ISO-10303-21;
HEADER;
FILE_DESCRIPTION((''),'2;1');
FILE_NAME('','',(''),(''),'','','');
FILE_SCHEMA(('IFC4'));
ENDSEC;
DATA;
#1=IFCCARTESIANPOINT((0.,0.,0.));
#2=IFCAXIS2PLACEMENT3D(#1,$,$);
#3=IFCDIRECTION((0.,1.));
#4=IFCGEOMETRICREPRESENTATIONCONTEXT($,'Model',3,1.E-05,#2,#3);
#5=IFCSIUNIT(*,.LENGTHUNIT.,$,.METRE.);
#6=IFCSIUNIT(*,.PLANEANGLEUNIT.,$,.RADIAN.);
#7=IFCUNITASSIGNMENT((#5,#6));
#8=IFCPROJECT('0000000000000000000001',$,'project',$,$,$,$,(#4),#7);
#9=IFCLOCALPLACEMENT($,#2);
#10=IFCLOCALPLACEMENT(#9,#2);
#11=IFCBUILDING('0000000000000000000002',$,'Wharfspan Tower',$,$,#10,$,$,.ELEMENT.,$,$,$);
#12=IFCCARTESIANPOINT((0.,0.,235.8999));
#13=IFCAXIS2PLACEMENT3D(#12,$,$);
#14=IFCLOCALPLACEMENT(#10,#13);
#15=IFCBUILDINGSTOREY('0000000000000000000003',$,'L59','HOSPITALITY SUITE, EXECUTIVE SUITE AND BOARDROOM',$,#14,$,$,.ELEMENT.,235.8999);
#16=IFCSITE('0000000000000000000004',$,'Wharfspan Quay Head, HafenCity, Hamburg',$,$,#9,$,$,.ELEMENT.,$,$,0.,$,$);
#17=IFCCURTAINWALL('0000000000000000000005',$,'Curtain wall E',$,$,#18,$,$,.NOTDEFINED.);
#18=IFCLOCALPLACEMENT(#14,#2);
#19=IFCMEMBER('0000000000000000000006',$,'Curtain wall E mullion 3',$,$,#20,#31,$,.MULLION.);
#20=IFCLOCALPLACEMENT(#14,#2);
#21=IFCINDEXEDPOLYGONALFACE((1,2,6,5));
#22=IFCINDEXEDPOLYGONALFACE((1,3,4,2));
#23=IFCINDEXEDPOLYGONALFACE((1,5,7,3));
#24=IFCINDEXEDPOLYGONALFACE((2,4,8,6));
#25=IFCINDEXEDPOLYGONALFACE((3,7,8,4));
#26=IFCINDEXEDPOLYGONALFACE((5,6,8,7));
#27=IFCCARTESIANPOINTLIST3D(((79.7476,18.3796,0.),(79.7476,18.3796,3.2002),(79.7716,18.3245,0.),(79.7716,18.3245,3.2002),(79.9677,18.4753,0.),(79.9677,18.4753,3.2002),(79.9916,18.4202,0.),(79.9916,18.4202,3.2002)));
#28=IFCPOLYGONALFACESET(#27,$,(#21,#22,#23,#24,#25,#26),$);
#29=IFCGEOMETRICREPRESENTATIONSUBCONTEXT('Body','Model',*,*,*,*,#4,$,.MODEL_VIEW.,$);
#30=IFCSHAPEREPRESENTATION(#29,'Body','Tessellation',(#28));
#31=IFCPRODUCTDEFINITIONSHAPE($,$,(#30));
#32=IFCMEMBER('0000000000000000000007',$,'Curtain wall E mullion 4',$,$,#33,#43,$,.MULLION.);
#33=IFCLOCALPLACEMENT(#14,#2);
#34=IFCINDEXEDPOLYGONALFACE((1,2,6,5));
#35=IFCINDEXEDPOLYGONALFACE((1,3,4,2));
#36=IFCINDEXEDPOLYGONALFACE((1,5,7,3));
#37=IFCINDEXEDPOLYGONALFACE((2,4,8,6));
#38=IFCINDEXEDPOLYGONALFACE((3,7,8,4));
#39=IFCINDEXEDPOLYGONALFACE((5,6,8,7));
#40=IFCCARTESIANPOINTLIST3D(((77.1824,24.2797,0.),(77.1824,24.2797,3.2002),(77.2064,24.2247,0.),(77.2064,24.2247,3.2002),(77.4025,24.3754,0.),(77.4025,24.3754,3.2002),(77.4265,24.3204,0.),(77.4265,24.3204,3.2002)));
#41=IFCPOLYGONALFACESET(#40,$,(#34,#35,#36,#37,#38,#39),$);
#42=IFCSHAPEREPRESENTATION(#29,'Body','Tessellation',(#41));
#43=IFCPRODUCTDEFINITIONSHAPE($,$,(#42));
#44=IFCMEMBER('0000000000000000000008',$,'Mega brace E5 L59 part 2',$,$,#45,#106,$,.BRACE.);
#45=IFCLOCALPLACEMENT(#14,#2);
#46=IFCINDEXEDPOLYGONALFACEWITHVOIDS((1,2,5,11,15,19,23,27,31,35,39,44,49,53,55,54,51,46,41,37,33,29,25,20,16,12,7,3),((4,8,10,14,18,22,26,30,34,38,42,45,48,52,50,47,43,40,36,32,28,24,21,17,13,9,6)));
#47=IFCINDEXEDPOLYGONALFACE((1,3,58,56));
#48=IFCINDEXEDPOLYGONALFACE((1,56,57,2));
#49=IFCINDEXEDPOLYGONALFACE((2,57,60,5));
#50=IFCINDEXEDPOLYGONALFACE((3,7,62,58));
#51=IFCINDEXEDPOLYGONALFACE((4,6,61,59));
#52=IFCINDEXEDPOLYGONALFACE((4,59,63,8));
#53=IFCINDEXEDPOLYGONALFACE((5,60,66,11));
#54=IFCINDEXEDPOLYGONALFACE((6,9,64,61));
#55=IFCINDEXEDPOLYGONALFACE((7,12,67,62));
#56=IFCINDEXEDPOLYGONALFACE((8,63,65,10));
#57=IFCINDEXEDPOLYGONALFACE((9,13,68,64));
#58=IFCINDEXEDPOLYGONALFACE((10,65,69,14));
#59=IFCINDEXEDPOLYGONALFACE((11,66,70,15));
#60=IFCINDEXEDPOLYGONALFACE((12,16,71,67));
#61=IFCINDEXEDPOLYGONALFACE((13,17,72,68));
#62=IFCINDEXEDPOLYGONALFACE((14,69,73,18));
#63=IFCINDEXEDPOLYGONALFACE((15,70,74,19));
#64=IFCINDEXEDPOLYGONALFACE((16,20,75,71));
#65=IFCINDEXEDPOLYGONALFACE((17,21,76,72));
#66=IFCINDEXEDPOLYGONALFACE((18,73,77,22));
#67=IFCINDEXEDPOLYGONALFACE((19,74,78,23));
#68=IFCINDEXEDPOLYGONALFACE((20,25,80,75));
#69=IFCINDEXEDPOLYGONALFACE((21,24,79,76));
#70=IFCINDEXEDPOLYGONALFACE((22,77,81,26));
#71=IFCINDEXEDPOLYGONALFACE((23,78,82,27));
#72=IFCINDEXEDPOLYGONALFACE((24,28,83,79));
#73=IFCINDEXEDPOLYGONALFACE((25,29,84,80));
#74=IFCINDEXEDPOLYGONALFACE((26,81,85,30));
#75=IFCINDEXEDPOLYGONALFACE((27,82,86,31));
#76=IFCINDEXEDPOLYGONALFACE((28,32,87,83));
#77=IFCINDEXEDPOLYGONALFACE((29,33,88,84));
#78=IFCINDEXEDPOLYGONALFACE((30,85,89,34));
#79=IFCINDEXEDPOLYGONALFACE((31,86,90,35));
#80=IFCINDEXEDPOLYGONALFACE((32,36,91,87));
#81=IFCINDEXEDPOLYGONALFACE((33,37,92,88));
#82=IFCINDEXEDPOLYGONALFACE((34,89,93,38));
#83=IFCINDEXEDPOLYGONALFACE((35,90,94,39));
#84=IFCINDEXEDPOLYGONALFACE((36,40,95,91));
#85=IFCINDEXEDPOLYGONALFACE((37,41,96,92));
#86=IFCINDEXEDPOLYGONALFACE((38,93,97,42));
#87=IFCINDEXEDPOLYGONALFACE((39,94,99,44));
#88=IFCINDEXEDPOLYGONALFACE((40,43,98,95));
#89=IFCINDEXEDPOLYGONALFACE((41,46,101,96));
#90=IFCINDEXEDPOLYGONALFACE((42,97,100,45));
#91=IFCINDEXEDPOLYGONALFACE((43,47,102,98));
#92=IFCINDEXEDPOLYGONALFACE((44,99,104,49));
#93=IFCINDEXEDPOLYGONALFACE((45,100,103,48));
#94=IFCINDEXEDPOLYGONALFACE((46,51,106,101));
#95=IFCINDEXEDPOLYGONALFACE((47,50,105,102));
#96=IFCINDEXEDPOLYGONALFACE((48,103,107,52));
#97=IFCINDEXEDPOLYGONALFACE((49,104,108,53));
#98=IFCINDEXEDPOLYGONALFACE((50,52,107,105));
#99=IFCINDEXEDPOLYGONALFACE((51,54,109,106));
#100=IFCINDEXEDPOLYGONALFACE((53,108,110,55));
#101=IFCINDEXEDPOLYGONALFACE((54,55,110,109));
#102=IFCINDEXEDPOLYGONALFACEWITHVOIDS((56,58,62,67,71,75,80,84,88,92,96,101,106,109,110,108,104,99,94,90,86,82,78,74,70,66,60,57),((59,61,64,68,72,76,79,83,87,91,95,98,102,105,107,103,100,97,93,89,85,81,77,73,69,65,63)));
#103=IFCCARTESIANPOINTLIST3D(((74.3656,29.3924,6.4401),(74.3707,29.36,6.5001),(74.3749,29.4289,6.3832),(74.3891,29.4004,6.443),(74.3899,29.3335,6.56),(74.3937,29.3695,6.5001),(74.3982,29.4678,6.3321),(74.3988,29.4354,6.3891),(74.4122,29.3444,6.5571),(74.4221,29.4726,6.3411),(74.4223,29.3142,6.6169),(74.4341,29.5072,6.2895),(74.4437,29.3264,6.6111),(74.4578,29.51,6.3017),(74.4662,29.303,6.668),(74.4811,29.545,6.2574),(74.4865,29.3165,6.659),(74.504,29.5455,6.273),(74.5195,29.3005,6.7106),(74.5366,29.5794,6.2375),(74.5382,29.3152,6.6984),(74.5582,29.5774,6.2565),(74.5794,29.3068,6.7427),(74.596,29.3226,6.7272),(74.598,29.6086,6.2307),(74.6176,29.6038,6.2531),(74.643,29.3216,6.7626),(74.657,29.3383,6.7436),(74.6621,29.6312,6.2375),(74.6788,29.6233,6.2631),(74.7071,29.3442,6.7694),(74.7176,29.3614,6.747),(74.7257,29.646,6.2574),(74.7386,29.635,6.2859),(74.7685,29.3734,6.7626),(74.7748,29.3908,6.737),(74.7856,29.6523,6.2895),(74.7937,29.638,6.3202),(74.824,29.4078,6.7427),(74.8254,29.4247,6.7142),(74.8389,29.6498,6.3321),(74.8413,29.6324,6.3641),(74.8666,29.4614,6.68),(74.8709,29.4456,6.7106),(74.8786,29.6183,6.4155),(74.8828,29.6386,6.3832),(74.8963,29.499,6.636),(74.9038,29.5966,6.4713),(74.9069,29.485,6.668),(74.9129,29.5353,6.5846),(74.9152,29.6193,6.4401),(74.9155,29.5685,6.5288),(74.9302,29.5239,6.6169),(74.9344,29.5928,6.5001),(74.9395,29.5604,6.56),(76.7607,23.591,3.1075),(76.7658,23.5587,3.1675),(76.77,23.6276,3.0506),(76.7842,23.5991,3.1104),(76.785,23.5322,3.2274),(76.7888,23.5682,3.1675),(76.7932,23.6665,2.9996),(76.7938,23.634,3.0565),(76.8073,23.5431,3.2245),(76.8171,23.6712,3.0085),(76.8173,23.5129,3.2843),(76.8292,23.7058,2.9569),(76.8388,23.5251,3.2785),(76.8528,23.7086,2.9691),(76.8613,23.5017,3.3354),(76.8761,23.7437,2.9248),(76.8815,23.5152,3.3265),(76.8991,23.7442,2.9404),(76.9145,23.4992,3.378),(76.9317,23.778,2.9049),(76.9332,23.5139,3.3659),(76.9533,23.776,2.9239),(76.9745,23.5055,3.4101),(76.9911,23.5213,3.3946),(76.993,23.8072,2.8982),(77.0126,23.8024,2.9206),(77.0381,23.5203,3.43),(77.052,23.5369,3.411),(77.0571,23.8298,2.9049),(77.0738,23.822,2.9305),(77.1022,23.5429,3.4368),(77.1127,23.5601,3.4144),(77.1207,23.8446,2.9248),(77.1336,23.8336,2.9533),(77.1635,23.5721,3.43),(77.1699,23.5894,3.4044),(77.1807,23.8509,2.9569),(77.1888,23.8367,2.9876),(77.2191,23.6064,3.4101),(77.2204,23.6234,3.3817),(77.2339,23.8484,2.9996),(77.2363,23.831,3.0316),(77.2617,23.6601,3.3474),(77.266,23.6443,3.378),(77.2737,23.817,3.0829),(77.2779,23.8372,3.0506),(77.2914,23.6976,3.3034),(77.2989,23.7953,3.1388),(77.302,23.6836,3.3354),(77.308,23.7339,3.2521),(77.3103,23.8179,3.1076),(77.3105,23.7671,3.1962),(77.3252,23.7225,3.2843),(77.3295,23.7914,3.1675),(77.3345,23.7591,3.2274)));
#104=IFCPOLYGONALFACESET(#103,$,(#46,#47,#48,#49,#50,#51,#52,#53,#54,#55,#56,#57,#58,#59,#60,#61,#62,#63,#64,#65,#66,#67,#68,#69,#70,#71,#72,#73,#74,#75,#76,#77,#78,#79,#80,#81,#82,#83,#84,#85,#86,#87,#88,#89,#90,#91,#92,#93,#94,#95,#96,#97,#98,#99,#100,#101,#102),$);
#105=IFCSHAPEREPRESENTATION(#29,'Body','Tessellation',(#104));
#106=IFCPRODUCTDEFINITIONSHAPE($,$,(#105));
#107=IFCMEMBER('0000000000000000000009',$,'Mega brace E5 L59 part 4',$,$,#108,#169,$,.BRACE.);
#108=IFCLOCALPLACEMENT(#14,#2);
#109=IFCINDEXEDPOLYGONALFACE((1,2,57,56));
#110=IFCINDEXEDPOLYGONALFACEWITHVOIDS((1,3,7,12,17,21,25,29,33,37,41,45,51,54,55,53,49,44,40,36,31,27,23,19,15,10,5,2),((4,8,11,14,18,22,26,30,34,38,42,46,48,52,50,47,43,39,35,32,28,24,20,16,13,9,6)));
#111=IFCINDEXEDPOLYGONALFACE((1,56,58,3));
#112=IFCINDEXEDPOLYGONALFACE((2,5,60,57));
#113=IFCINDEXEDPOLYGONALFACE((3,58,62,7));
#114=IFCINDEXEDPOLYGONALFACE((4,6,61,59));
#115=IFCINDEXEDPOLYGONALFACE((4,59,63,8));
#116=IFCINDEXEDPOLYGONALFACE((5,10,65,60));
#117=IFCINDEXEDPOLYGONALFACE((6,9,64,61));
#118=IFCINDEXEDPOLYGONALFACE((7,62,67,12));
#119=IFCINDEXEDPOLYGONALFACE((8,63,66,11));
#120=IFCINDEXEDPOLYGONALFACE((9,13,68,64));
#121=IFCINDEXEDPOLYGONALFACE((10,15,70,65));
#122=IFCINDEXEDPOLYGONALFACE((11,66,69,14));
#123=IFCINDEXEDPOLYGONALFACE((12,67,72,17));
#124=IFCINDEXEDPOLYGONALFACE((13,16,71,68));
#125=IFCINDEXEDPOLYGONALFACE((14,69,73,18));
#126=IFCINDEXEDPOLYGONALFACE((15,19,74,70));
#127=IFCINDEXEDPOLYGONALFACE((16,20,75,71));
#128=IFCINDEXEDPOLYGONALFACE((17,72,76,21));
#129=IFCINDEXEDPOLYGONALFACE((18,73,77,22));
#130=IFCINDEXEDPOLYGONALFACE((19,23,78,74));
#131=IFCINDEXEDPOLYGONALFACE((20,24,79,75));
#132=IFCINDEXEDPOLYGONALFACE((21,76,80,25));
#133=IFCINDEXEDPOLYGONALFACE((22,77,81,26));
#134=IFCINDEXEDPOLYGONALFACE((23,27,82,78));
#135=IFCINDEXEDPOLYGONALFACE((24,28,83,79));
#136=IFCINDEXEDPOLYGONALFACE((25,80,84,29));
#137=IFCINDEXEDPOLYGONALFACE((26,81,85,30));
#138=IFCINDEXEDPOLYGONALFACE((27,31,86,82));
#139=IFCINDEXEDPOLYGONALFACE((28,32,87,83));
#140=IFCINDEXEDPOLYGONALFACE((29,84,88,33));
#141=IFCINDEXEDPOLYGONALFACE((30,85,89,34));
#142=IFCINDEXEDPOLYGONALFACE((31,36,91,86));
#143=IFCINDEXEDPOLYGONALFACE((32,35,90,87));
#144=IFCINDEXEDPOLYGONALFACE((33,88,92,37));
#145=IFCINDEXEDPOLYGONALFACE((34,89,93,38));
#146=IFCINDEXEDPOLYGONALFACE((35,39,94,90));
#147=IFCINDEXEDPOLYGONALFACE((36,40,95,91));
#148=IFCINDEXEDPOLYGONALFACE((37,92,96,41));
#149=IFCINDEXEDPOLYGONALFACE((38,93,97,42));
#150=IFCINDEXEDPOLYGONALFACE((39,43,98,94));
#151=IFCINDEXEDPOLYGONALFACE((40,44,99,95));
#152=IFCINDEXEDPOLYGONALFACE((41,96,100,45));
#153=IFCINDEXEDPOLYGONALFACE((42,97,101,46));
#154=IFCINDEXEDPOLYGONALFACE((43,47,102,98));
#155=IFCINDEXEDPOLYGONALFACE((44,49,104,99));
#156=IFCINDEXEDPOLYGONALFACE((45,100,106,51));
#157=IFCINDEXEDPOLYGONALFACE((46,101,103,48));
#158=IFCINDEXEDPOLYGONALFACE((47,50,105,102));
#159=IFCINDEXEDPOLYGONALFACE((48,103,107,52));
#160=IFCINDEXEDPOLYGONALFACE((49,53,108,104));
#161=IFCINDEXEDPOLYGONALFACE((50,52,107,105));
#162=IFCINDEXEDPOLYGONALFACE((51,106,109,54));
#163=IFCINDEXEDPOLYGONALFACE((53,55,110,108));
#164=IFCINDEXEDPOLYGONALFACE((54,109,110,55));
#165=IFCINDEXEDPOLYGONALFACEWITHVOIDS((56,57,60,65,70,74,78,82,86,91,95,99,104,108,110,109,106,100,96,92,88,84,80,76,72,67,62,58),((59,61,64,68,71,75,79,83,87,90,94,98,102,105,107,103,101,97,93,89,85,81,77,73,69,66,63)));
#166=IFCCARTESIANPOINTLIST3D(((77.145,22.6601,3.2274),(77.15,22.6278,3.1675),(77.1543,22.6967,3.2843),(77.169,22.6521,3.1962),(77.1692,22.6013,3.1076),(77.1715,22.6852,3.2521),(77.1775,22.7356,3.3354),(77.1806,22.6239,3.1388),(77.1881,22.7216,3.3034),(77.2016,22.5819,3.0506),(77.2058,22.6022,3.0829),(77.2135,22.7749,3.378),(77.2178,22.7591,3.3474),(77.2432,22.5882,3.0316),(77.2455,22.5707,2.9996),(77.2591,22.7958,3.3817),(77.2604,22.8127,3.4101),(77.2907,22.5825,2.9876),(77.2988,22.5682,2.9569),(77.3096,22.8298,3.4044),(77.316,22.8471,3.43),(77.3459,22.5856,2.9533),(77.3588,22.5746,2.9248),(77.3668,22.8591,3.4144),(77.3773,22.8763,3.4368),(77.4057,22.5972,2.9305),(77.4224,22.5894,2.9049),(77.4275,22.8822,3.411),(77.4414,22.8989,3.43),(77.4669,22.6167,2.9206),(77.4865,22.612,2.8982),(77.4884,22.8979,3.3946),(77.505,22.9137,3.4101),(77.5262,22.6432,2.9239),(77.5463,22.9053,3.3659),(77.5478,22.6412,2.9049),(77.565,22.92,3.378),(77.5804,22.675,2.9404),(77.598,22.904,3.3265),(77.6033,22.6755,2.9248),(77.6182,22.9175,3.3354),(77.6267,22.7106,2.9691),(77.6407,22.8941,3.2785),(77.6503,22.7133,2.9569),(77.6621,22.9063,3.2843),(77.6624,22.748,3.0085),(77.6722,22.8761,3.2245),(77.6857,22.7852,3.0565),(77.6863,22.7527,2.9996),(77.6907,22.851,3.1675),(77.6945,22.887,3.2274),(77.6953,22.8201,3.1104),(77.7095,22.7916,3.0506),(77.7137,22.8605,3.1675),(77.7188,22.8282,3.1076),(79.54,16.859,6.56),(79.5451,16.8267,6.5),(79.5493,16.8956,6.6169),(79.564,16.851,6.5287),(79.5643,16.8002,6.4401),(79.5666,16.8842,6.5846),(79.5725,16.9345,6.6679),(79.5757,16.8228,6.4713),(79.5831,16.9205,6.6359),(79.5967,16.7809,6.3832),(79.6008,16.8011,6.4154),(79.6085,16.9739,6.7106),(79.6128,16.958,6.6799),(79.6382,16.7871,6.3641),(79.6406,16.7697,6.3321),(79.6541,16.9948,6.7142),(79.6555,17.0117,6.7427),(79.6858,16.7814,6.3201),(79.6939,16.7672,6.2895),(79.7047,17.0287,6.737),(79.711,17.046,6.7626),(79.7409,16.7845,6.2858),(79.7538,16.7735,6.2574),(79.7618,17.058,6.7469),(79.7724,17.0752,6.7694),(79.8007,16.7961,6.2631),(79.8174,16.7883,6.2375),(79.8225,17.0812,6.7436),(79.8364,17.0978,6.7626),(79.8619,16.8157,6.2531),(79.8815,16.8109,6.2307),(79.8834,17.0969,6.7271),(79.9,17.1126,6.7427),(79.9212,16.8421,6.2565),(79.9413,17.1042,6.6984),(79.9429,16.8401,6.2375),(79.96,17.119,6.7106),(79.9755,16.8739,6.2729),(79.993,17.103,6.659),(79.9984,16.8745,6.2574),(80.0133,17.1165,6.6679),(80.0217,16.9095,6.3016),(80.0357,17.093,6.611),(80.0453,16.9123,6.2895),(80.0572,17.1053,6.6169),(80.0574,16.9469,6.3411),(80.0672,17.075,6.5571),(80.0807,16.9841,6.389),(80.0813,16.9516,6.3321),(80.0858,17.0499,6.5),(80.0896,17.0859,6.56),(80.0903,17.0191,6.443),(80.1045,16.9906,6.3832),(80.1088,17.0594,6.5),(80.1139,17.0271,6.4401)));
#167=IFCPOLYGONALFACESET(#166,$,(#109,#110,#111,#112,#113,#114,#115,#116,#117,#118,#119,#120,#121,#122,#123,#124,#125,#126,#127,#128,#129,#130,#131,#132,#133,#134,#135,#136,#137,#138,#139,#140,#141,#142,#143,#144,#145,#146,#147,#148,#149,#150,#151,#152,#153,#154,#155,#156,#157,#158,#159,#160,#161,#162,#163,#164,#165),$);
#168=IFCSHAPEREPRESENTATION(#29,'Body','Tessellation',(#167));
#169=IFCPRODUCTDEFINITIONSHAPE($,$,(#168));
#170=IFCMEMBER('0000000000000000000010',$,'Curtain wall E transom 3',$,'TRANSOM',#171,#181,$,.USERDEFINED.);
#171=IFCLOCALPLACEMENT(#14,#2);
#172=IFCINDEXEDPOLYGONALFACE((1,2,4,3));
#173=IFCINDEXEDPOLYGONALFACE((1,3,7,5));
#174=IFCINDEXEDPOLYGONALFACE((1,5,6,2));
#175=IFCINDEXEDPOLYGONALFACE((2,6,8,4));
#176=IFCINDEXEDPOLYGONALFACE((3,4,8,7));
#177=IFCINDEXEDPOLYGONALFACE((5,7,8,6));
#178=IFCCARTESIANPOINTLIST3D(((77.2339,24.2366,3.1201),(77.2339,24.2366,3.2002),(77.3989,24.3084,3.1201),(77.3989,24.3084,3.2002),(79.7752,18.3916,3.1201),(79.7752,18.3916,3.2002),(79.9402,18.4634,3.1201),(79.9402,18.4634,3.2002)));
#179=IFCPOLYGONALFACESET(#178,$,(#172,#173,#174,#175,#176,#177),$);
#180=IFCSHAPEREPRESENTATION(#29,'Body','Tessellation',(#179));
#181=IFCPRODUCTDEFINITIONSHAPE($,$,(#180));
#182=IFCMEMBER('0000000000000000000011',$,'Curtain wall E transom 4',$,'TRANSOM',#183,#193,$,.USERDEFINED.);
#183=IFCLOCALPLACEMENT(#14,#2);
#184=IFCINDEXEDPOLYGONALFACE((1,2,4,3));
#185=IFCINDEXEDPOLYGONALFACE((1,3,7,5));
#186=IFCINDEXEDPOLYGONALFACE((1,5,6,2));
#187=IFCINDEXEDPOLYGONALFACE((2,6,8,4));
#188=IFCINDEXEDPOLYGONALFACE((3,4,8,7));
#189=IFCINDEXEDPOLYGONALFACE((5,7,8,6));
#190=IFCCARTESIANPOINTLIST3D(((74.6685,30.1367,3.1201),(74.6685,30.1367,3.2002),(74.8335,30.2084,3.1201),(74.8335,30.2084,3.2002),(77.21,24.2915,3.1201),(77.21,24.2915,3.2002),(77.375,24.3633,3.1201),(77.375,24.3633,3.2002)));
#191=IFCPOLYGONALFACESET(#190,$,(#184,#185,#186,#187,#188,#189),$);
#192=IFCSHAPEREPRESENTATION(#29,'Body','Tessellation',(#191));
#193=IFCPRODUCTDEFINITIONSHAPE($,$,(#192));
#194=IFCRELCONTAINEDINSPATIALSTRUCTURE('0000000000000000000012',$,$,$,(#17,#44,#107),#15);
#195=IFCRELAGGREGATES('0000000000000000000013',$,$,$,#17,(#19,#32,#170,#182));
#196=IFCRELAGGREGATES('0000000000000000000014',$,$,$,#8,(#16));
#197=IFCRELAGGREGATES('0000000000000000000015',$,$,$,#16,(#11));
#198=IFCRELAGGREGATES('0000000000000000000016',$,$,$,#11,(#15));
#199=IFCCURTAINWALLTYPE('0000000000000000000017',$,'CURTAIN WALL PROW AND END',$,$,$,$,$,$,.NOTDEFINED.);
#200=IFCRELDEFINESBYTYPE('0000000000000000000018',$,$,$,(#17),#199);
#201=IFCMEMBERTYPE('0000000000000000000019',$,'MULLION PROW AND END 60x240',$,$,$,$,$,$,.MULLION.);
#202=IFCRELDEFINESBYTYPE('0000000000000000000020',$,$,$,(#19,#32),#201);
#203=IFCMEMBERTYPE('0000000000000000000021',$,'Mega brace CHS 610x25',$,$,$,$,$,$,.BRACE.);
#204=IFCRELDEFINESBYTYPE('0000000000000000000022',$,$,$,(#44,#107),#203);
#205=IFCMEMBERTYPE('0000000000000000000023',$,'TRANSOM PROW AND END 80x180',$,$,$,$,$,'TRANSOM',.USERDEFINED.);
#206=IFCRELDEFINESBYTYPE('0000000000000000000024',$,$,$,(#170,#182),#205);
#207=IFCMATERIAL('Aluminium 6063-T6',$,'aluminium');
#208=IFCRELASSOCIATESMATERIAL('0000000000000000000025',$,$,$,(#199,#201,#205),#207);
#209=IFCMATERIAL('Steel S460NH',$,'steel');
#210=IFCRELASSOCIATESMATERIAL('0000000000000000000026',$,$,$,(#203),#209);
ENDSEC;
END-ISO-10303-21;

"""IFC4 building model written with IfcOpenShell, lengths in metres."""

from ifc_helpers import new_model, si_unit, direction, frame, origin, origin_2d, place, context, subcontext, project, spatial, rectangle, hollow_circle, extrude, material, material_profile, profile_set, type_object, element, aggregate, save


model = new_model("IFC4")

# Units and contexts
model_context = context("Model", 3, precision=1e-05, world=origin(), true_north=direction((0.0, 1.0)))
body_context = subcontext(model_context, "Body", "Model", "MODEL_VIEW")
ifc_project = project(units=[si_unit("LENGTHUNIT", "METRE"), si_unit("PLANEANGLEUNIT", "RADIAN")], contexts=[model_context])

# Site, building, storey
site_placement = place(None, origin())
site = spatial("IfcSite", under=ifc_project, at=site_placement, Name="Wharfspan Quay Head, HafenCity, Hamburg", CompositionType="ELEMENT", RefElevation=0.0)
building_placement = place(site_placement, origin())
building = spatial("IfcBuilding", under=site, at=building_placement, Name="Wharfspan Tower", CompositionType="ELEMENT")
storey_placement = place(building_placement, frame((0.0, 0.0, 235.8999)))
storey = spatial("IfcBuildingStorey", under=building, at=storey_placement, Name="L59", Description="HOSPITALITY SUITE, EXECUTIVE SUITE AND BOARDROOM", CompositionType="ELEMENT", Elevation=235.8999)

# Curtain wall, members
ifc_material_1 = material(Name="Aluminium 6063-T6", Category="aluminium")
curtain_wall_type = type_object("IfcCurtainWallType", Name="CURTAIN WALL PROW AND END", PredefinedType="NOTDEFINED", material=ifc_material_1)
curtain_wall_placement = place(storey_placement, origin())
curtain_wall = element("IfcCurtainWall", 1, at=curtain_wall_placement, inside=storey, type_object=curtain_wall_type, Name="Curtain wall E", PredefinedType="NOTDEFINED")
ifc_material_profile_1 = material_profile(ifc_material_1, rectangle(XDim=0.24, YDim=0.0601, at=origin_2d()))
ifc_profile_set_1 = profile_set([ifc_material_profile_1], Name="Aluminium 6063-T6")
member_type_1 = type_object("IfcMemberType", Name="MULLION PROW AND END 60x240", PredefinedType="MULLION", material=ifc_profile_set_1)
member_1_placement = place(storey_placement, frame((79.8696, 18.3999, 0.0), z_axis=(0.0, 0.0, 1.0), x_axis=(-0.917072, -0.398727, 0.0)))
member_1 = element("IfcMember", 2, at=member_1_placement, type_object=member_type_1, Name="Curtain wall E mullion 3", PredefinedType="MULLION", context=body_context, shape_type="SweptSolid", body=[
    extrude(rectangle(XDim=0.24, YDim=0.0601, at=origin_2d()), origin(), (0.0, 0.0, 1.0), 3.2002),
])
member_2_placement = place(storey_placement, frame((77.3044, 24.3, 0.0), z_axis=(0.0, 0.0, 1.0), x_axis=(-0.917072, -0.398727, 0.0)))
member_2 = element("IfcMember", 3, at=member_2_placement, type_object=member_type_1, Name="Curtain wall E mullion 4", PredefinedType="MULLION", context=body_context, shape_type="SweptSolid", body=[
    extrude(rectangle(XDim=0.24, YDim=0.0601, at=origin_2d()), origin(), (0.0, 0.0, 1.0), 3.2002),
])

# Members
ifc_material_2 = material(Name="Steel S460NH", Category="steel")
ifc_material_profile_2 = material_profile(ifc_material_2, hollow_circle(Radius=0.3049, WallThickness=0.0249, at=origin_2d()))
ifc_profile_set_2 = profile_set([ifc_material_profile_2], Name="Steel S460NH")
member_type_2 = type_object("IfcMemberType", Name="Mega brace CHS 610x25", PredefinedType="BRACE", material=ifc_profile_set_2)
member_3_placement = place(storey_placement, frame((77.0476, 23.675, 3.1675), z_axis=(-0.337038, 0.81638, 0.468967), x_axis=(-0.924329, -0.381603, -0.000002)))
element("IfcMember", 4, at=member_3_placement, inside=storey, type_object=member_type_2, Name="Mega brace E5 L59 part 2", PredefinedType="BRACE", context=body_context, shape_type="SweptSolid", body=[
    extrude(hollow_circle(Radius=0.3049, WallThickness=0.0249, at=origin_2d()), origin(), (0.0, 0.0, 1.0), 7.1062),
])
member_4_placement = place(storey_placement, frame((77.4319, 22.7441, 3.1675), z_axis=(0.337047, -0.816368, 0.46898), x_axis=(0.924317, 0.381615, 0.0)))
element("IfcMember", 5, at=member_4_placement, inside=storey, type_object=member_type_2, Name="Mega brace E5 L59 part 4", PredefinedType="BRACE", context=body_context, shape_type="SweptSolid", body=[
    extrude(hollow_circle(Radius=0.3049, WallThickness=0.0249, at=origin_2d()), origin(), (0.0, 0.0, 1.0), 7.106),
])

# Members
ifc_material_profile_3 = material_profile(ifc_material_1, rectangle(XDim=0.1799, YDim=0.0801, at=origin_2d()))
ifc_profile_set_3 = profile_set([ifc_material_profile_3], Name="Aluminium 6063-T6")
member_type_3 = type_object("IfcMemberType", Name="TRANSOM PROW AND END 80x180", ElementType="TRANSOM", PredefinedType="USERDEFINED", material=ifc_profile_set_3)
member_5_placement = place(storey_placement, frame((79.8577, 18.4275, 3.1602), z_axis=(-0.398722, 0.917072, 0.0), x_axis=(-0.917072, -0.398722, 0.0)))
member_5 = element("IfcMember", 6, at=member_5_placement, type_object=member_type_3, Name="Curtain wall E transom 3", ObjectType="TRANSOM", PredefinedType="USERDEFINED", context=body_context, shape_type="SweptSolid", body=[
    extrude(rectangle(XDim=0.1799, YDim=0.0801, at=origin_2d()), origin(), (0.0, 0.0, 1.0), 6.3735),
])
member_6_placement = place(storey_placement, frame((77.2925, 24.3274, 3.1602), z_axis=(-0.39874, 0.917064, 0.0), x_axis=(-0.917064, -0.39874, 0.0)))
member_6 = element("IfcMember", 7, at=member_6_placement, type_object=member_type_3, Name="Curtain wall E transom 4", ObjectType="TRANSOM", PredefinedType="USERDEFINED", context=body_context, shape_type="SweptSolid", body=[
    extrude(rectangle(XDim=0.1799, YDim=0.0801, at=origin_2d()), origin(), (0.0, 0.0, 1.0), 6.3738),
])

aggregate(curtain_wall, [member_1, member_2, member_5, member_6])

save(model, "model.ifc")
